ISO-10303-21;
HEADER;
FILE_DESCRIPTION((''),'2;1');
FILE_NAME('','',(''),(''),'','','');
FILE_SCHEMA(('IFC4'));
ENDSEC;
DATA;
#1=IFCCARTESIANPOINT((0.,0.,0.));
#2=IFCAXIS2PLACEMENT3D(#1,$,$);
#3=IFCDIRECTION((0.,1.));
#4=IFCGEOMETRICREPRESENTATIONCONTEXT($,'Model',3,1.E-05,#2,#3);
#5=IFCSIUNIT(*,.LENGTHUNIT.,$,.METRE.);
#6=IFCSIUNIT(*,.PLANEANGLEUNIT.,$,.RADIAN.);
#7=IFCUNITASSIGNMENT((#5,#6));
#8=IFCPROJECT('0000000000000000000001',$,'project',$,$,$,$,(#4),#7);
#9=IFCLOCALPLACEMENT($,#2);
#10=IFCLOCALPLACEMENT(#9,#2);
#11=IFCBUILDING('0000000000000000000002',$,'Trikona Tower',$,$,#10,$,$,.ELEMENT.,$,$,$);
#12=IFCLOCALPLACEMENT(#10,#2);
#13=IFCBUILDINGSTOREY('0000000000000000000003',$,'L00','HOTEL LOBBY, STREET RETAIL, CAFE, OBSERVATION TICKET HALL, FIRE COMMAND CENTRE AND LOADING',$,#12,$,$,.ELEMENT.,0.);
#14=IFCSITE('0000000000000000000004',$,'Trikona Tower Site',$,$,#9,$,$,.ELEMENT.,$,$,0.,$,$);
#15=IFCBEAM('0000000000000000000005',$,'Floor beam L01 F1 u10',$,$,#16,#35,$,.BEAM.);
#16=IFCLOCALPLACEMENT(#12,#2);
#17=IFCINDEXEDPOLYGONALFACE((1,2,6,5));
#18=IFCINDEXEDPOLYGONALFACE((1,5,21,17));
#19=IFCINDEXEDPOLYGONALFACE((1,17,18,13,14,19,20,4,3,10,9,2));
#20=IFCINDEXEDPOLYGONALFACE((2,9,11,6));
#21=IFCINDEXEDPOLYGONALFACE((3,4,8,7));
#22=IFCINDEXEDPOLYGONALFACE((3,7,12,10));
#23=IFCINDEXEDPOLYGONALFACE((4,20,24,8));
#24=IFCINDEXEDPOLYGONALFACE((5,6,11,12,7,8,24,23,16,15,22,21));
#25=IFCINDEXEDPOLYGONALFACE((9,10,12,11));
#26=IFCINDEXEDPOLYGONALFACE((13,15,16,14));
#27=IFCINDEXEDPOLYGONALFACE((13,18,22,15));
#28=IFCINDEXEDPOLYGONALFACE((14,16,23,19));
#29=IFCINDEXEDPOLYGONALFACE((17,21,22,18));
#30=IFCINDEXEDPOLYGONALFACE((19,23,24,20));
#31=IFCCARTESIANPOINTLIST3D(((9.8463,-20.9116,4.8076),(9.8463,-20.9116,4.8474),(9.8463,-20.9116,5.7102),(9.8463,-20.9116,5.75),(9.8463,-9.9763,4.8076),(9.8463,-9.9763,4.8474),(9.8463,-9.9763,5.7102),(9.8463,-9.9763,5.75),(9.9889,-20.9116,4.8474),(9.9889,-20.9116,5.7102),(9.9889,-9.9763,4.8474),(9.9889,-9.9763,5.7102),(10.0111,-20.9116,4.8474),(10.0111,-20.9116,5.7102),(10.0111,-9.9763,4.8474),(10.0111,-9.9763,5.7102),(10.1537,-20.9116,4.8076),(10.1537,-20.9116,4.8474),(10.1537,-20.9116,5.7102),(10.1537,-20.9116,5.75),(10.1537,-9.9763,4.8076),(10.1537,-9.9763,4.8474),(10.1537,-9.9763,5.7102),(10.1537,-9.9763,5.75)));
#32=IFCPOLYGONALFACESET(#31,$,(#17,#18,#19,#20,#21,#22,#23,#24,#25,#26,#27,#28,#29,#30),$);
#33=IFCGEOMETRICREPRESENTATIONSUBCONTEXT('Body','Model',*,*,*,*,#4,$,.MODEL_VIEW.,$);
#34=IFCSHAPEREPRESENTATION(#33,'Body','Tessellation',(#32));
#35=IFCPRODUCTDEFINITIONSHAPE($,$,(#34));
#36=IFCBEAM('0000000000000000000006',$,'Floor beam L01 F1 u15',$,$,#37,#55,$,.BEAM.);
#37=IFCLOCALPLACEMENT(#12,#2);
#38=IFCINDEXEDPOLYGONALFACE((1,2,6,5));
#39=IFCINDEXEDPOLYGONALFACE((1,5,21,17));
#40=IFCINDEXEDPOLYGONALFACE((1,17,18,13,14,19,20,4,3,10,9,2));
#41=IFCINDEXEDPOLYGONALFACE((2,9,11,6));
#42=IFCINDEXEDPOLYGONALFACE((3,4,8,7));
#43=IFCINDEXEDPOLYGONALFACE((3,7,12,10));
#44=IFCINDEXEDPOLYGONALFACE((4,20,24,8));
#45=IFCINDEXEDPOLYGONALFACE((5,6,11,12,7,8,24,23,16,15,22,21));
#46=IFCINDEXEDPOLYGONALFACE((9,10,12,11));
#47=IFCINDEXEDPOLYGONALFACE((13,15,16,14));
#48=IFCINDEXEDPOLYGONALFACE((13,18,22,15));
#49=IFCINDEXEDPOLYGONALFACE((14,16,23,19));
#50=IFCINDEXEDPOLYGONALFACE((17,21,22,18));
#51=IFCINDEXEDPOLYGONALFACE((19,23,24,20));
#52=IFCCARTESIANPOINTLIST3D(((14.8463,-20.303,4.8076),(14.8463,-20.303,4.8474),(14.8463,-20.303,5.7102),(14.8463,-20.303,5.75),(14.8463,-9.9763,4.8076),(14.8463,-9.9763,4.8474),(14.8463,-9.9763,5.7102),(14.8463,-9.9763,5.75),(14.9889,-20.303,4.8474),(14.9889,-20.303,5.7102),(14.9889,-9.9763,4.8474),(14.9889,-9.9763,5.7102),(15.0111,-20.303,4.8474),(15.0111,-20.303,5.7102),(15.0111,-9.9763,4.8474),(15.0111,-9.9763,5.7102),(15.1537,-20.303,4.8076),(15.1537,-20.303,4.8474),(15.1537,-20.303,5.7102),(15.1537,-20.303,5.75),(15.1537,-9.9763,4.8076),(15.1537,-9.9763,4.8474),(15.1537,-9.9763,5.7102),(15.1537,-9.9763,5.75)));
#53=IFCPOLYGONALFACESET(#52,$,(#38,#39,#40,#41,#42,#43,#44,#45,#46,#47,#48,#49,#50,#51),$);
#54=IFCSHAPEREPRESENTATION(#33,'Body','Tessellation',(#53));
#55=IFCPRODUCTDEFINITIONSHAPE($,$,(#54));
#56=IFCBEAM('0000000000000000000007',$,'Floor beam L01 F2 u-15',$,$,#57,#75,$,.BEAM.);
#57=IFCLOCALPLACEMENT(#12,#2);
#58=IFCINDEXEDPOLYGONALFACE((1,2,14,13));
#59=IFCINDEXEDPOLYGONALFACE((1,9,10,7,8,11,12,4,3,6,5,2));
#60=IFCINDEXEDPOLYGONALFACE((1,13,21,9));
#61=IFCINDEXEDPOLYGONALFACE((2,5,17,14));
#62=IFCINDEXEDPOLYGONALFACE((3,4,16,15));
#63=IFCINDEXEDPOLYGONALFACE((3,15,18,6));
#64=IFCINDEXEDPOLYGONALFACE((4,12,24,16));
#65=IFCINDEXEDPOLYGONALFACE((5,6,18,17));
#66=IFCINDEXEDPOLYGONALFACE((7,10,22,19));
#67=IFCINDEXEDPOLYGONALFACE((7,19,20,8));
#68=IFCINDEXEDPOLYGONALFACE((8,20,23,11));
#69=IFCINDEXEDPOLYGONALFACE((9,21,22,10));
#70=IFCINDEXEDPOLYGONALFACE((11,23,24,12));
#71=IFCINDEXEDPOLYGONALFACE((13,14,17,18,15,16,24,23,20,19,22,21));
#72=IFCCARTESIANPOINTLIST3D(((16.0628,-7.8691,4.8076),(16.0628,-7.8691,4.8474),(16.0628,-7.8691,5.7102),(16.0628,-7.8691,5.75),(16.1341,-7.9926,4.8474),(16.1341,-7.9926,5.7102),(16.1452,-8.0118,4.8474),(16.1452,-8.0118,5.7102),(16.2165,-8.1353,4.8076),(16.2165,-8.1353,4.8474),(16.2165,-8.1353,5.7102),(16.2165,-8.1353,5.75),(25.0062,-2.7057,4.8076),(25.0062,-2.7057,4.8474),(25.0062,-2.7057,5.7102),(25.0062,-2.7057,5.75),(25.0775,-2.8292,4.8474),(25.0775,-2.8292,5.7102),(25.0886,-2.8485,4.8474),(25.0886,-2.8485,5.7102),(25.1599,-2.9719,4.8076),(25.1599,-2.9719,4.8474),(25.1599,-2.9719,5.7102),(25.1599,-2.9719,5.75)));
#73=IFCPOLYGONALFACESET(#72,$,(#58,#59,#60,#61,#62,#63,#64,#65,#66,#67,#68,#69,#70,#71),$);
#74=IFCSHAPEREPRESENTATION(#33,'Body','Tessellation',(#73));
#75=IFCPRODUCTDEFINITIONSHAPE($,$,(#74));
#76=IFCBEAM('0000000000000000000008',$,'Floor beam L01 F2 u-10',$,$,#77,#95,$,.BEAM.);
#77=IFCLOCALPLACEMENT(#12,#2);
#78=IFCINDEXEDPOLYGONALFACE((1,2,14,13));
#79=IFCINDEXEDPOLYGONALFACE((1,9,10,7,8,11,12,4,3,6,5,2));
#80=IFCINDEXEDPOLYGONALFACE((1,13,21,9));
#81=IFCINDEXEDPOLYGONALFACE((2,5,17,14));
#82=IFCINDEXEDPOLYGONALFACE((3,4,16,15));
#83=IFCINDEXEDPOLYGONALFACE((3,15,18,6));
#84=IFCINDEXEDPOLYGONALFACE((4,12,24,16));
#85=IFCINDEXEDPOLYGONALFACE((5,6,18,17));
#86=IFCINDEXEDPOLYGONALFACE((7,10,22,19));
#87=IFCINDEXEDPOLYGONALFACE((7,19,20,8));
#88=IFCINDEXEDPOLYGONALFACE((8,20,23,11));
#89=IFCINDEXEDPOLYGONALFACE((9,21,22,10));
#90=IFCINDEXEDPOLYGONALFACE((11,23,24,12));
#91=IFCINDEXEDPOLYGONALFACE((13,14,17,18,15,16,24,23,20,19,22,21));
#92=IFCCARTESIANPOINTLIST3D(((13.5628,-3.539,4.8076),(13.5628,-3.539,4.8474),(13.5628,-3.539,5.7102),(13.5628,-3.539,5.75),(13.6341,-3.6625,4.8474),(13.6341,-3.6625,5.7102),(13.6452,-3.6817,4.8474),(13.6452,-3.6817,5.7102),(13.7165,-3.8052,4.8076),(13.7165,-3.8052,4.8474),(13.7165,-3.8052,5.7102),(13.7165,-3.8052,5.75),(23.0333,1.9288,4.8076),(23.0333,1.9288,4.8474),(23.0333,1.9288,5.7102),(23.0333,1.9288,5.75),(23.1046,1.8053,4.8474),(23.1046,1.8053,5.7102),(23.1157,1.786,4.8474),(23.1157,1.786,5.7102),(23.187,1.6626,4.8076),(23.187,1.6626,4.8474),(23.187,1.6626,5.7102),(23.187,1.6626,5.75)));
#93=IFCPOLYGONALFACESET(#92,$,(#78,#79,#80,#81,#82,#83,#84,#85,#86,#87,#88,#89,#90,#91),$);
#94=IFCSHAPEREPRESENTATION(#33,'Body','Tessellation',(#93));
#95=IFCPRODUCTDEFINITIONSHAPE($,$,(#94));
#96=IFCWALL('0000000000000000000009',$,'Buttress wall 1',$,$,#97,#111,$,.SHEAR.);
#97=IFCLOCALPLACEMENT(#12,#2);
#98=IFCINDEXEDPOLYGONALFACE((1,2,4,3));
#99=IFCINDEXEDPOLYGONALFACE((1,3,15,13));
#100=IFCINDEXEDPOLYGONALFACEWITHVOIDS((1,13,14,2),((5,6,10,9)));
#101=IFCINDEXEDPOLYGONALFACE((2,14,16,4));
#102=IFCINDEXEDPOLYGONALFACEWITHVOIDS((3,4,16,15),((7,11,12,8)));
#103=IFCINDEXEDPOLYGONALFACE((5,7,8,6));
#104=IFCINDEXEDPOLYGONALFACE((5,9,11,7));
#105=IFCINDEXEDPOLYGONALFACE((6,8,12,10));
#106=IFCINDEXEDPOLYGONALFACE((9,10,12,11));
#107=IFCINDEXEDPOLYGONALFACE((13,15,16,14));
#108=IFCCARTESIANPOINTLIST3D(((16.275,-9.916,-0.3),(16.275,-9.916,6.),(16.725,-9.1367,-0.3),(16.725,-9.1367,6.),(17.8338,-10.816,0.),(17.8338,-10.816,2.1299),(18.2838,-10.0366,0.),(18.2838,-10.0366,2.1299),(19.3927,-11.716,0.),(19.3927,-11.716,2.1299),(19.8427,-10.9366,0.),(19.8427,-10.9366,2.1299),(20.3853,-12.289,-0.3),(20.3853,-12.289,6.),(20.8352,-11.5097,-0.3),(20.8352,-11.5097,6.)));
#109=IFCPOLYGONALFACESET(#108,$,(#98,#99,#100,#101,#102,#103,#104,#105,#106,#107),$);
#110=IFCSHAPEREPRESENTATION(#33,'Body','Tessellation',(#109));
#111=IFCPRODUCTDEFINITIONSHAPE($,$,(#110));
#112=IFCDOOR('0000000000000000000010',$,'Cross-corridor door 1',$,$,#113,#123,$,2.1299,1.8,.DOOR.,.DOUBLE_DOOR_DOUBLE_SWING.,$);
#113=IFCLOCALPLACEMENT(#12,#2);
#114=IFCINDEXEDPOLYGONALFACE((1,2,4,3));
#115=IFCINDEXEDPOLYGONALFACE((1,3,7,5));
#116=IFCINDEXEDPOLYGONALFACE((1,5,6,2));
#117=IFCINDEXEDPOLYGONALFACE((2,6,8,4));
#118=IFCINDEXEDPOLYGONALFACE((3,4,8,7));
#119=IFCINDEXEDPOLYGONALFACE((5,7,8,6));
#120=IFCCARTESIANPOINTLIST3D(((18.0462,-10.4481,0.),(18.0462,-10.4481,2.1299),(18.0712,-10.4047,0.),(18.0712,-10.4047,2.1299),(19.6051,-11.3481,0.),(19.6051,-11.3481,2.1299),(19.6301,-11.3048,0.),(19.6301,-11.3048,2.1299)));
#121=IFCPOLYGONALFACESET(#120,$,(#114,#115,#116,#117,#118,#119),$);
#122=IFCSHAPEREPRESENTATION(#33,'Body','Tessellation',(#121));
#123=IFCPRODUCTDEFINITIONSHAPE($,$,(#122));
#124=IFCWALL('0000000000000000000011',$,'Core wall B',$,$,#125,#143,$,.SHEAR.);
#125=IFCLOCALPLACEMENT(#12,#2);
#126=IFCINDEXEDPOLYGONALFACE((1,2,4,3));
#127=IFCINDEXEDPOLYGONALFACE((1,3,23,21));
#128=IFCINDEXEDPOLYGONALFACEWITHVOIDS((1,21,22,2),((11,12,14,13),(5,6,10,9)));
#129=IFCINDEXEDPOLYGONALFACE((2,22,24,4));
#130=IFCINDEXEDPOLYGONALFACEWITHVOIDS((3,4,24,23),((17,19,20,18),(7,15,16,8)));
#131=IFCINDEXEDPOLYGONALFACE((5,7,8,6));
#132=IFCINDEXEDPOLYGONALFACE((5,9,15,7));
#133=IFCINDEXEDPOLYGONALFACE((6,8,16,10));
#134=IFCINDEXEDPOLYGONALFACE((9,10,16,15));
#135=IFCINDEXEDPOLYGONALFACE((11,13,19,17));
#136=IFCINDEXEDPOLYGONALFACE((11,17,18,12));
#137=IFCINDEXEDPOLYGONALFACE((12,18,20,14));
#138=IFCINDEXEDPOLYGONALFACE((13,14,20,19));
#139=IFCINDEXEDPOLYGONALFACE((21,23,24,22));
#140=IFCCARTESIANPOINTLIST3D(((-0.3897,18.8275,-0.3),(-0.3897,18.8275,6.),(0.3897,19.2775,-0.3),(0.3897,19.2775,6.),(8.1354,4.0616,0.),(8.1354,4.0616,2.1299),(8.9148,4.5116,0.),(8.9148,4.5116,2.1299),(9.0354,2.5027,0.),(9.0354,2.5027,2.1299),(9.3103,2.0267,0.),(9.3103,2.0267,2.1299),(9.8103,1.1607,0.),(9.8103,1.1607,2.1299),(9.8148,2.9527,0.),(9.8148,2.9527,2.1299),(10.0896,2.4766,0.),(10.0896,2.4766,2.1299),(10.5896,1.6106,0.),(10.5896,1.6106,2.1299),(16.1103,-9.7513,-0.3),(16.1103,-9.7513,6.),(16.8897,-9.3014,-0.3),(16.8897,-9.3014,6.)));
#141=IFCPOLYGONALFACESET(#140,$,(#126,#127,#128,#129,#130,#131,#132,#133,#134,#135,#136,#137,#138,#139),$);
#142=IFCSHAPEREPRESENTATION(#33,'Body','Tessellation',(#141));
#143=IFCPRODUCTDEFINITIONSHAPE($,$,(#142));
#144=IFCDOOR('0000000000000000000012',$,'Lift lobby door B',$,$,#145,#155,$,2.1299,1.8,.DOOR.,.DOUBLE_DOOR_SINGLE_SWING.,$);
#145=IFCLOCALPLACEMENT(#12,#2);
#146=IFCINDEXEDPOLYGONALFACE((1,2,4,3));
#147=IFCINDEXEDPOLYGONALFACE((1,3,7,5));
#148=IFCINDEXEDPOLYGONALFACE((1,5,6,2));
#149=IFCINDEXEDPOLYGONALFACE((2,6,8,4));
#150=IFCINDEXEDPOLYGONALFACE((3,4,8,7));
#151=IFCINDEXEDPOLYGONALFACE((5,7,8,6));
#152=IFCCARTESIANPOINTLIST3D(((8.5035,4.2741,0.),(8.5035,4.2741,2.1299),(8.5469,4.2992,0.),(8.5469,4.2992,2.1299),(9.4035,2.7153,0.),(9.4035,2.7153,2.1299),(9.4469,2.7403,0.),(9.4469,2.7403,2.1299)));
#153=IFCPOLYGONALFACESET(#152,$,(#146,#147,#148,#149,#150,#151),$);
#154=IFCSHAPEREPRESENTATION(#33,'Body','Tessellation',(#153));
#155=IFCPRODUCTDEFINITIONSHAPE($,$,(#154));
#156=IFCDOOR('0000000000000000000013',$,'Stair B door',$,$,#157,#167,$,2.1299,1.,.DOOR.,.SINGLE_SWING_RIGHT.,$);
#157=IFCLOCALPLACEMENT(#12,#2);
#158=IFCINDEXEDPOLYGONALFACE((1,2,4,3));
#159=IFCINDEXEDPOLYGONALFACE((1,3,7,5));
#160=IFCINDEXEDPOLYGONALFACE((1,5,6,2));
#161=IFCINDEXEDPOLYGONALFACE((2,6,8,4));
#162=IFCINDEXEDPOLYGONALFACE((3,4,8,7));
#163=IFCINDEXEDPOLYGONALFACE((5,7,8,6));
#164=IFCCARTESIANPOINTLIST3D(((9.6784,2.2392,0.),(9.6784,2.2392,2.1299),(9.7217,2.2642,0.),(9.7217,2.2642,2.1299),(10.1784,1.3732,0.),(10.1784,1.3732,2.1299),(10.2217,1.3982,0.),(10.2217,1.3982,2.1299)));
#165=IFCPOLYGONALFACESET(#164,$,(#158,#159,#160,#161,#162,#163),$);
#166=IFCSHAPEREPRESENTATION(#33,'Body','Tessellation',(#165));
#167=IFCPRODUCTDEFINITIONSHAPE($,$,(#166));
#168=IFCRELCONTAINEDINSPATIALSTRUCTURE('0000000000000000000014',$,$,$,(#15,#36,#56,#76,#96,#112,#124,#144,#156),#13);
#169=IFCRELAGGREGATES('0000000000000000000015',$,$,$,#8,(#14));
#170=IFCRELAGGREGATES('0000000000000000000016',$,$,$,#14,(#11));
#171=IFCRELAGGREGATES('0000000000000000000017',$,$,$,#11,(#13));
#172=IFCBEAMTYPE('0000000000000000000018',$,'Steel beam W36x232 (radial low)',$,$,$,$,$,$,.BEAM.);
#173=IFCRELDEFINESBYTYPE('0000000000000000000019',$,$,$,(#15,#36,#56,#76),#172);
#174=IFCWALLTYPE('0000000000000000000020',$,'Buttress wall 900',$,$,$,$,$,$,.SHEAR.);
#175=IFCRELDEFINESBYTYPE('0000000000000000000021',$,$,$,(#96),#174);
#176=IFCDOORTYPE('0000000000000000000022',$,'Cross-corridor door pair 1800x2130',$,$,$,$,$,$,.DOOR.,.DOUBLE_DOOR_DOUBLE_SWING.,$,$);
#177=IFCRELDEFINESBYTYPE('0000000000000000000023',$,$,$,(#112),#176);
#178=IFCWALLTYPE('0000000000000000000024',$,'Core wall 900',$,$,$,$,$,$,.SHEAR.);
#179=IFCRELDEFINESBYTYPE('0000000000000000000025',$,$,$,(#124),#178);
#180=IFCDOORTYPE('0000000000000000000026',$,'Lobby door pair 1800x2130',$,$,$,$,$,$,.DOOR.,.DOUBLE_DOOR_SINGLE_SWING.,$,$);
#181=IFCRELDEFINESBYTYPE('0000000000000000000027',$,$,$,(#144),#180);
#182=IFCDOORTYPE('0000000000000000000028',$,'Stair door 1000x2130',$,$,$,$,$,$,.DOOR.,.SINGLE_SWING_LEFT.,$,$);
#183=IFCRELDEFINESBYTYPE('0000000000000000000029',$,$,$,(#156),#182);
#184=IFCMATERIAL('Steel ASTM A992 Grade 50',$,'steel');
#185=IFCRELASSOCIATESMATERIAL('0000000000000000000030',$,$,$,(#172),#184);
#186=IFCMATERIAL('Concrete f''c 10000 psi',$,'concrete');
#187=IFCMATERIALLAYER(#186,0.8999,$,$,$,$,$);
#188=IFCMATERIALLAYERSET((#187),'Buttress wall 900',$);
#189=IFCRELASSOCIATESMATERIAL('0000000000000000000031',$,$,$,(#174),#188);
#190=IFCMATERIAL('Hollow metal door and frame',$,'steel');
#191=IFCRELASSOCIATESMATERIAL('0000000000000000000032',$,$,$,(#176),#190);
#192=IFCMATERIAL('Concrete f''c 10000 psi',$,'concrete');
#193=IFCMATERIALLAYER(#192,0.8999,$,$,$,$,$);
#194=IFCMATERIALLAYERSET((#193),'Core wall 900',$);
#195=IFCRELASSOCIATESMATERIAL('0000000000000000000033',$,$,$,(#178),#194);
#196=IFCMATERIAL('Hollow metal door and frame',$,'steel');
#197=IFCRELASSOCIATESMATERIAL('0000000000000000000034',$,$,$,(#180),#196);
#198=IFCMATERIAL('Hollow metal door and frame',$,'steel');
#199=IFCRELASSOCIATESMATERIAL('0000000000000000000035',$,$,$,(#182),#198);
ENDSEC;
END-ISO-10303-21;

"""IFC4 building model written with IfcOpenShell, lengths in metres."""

from ifc_helpers import new_model, si_unit, direction, frame, frame_2d, origin, origin_2d, place, context, subcontext, project, spatial, rectangle, i_section, extrude, material, layer, layer_set, material_profile, profile_set, type_object, element, fill, save


model = new_model("IFC4")

# Units and contexts
model_context = context("Model", 3, precision=1e-05, world=origin(), true_north=direction((0.0, 1.0)))
body_context = subcontext(model_context, "Body", "Model", "MODEL_VIEW")
ifc_project = project(units=[si_unit("LENGTHUNIT", "METRE"), si_unit("PLANEANGLEUNIT", "RADIAN")], contexts=[model_context])

# Site, building, storey
site_placement = place(None, origin())
site = spatial("IfcSite", under=ifc_project, at=site_placement, Name="Trikona Tower Site", CompositionType="ELEMENT", RefElevation=0.0)
building_placement = place(site_placement, origin())
building = spatial("IfcBuilding", under=site, at=building_placement, Name="Trikona Tower", CompositionType="ELEMENT")
storey_placement = place(building_placement, origin())
storey = spatial("IfcBuildingStorey", under=building, at=storey_placement, Name="L00", Description="HOTEL LOBBY, STREET RETAIL, CAFE, OBSERVATION TICKET HALL, FIRE COMMAND CENTRE AND LOADING", CompositionType="ELEMENT", Elevation=0.0)

# Beams
ifc_material_1 = material(Name="Steel ASTM A992 Grade 50", Category="steel")
ifc_material_profile = material_profile(ifc_material_1, i_section(OverallWidth=0.3074, OverallDepth=0.9424, WebThickness=0.0222, FlangeThickness=0.0398, at=origin_2d()), Name="W36X232")
ifc_profile_set = profile_set([ifc_material_profile], Name="Steel ASTM A992 Grade 50")
beam_type = type_object("IfcBeamType", Name="Steel beam W36x232 (radial low)", PredefinedType="BEAM", material=ifc_profile_set)
beam_1_placement = place(storey_placement, frame((10.0, -9.9763, 5.2788), z_axis=(0.0, -1.0, 0.0), x_axis=(1.0, 0.0, 0.0)))
element("IfcBeam", 1, at=beam_1_placement, inside=storey, type_object=beam_type, Name="Floor beam L01 F1 u10", PredefinedType="BEAM", context=body_context, shape_type="SweptSolid", body=[
    extrude(i_section(OverallWidth=0.3074, OverallDepth=0.9424, WebThickness=0.0222, FlangeThickness=0.0398, at=origin_2d()), origin(), (0.0, 0.0, 1.0), 10.9353),
])
beam_2_placement = place(storey_placement, frame((15.0, -9.9763, 5.2788), z_axis=(0.0, -1.0, 0.0), x_axis=(1.0, 0.0, 0.0)))
element("IfcBeam", 2, at=beam_2_placement, inside=storey, type_object=beam_type, Name="Floor beam L01 F1 u15", PredefinedType="BEAM", context=body_context, shape_type="SweptSolid", body=[
    extrude(i_section(OverallWidth=0.3074, OverallDepth=0.9424, WebThickness=0.0222, FlangeThickness=0.0398, at=origin_2d()), origin(), (0.0, 0.0, 1.0), 10.3267),
])
beam_3_placement = place(storey_placement, frame((16.1396, -8.0022, 5.2788), z_axis=(0.86603, 0.499991, 0.0), x_axis=(-0.499991, 0.86603, 0.0)))
element("IfcBeam", 3, at=beam_3_placement, inside=storey, type_object=beam_type, Name="Floor beam L01 F2 u-15", PredefinedType="BEAM", context=body_context, shape_type="SweptSolid", body=[
    extrude(i_section(OverallWidth=0.3074, OverallDepth=0.9424, WebThickness=0.0222, FlangeThickness=0.0398, at=origin_2d()), origin(), (0.0, 0.0, 1.0), 10.3269),
])
beam_4_placement = place(storey_placement, frame((13.6396, -3.6721, 5.2788), z_axis=(0.866025, 0.5, 0.0), x_axis=(-0.5, 0.866025, 0.0)))
element("IfcBeam", 4, at=beam_4_placement, inside=storey, type_object=beam_type, Name="Floor beam L01 F2 u-10", PredefinedType="BEAM", context=body_context, shape_type="SweptSolid", body=[
    extrude(i_section(OverallWidth=0.3074, OverallDepth=0.9424, WebThickness=0.0222, FlangeThickness=0.0398, at=origin_2d()), origin(), (0.0, 0.0, 1.0), 10.9355),
])

# Wall, opening, door
ifc_material_2 = material(Name="Concrete f'c 10000 psi", Category="concrete")
ifc_layer_1 = layer(ifc_material_2, 0.8999)
ifc_layer_set_1 = layer_set([ifc_layer_1], Name="Buttress wall 900")
wall_type_1 = type_object("IfcWallType", Name="Buttress wall 900", PredefinedType="SHEAR", material=ifc_layer_set_1)
wall_1_placement = place(storey_placement, frame((16.5, -9.5264, -0.3), z_axis=(0.0, 0.0, 1.0), x_axis=(0.866031, -0.49999, 0.0)))
wall_1 = element("IfcWall", 5, at=wall_1_placement, inside=storey, type_object=wall_type_1, Name="Buttress wall 1", PredefinedType="SHEAR", context=body_context, shape_type="SweptSolid", body=[
    extrude(rectangle(XDim=4.7461, YDim=0.8999, at=frame_2d((2.373, 0.0))), origin(), (0.0, 0.0, 1.0), 6.3),
])
opening_1_placement = place(wall_1_placement, frame((1.8, 0.0, 0.3)))
opening_1 = element("IfcOpeningElement", 6, at=opening_1_placement, cuts=wall_1, PredefinedType="OPENING", context=body_context, shape_type="SweptSolid", body=[
    extrude(rectangle(XDim=1.8, YDim=2.1299, at=frame_2d((0.8999, 1.0649))), frame((0.0, 0.46, 0.0), z_axis=(0.0, -1.0, 0.0), x_axis=(1.0, 0.0, 0.0)), (0.0, 0.0, 1.0), 0.9199),
])
ifc_material_3 = material(Name="Hollow metal door and frame", Category="steel")
door_type_1 = type_object("IfcDoorType", Name="Cross-corridor door pair 1800x2130", OperationType="DOUBLE_DOOR_DOUBLE_SWING", PredefinedType="DOOR", material=ifc_material_3)
door_1_placement = place(opening_1_placement, origin())
door_1 = element("IfcDoor", 7, at=door_1_placement, inside=storey, type_object=door_type_1, Name="Cross-corridor door 1", OperationType="DOUBLE_DOOR_DOUBLE_SWING", OverallHeight=2.1299, OverallWidth=1.8, PredefinedType="DOOR", context=body_context, shape_type="SweptSolid", body=[
    extrude(rectangle(XDim=1.8, YDim=2.1299, at=frame_2d((0.8999, 1.0649))), frame((0.0, 0.0249, 0.0), z_axis=(0.0, -1.0, 0.0), x_axis=(1.0, 0.0, 0.0)), (0.0, 0.0, 1.0), 0.05),
])
fill(opening_1, door_1)

# Wall, openings, doors
ifc_material_4 = material(Name="Concrete f'c 10000 psi", Category="concrete")
ifc_layer_2 = layer(ifc_material_4, 0.8999)
ifc_layer_set_2 = layer_set([ifc_layer_2], Name="Core wall 900")
wall_type_2 = type_object("IfcWallType", Name="Core wall 900", PredefinedType="SHEAR", material=ifc_layer_set_2)
wall_2_placement = place(storey_placement, frame((16.5, -9.5264, -0.3), z_axis=(0.0, 0.0, 1.0), x_axis=(-0.5, 0.866026, 0.0)))
wall_2 = element("IfcWall", 8, at=wall_2_placement, inside=storey, type_object=wall_type_2, Name="Core wall B", PredefinedType="SHEAR", context=body_context, shape_type="SweptSolid", body=[
    extrude(rectangle(XDim=33.0, YDim=0.8999, at=frame_2d((16.5, 0.0))), origin(), (0.0, 0.0, 1.0), 6.3),
])
opening_2_placement = place(wall_2_placement, frame((14.1499, 0.0, 0.3)))
opening_2 = element("IfcOpeningElement", 9, at=opening_2_placement, cuts=wall_2, PredefinedType="OPENING", context=body_context, shape_type="SweptSolid", body=[
    extrude(rectangle(XDim=1.8, YDim=2.1299, at=frame_2d((0.8999, 1.0649))), frame((0.0, 0.46, 0.0), z_axis=(0.0, -1.0, 0.0), x_axis=(1.0, 0.0, 0.0)), (0.0, 0.0, 1.0), 0.9199),
])
opening_3_placement = place(wall_2_placement, frame((12.6001, 0.0, 0.3)))
opening_3 = element("IfcOpeningElement", 10, at=opening_3_placement, cuts=wall_2, PredefinedType="OPENING", context=body_context, shape_type="SweptSolid", body=[
    extrude(rectangle(XDim=1.0, YDim=2.1299, at=frame_2d((0.5, 1.0649))), frame((0.0, 0.46, 0.0), z_axis=(0.0, -1.0, 0.0), x_axis=(1.0, 0.0, 0.0)), (0.0, 0.0, 1.0), 0.9199),
])
ifc_material_5 = material(Name="Hollow metal door and frame", Category="steel")
door_type_2 = type_object("IfcDoorType", Name="Lobby door pair 1800x2130", OperationType="DOUBLE_DOOR_SINGLE_SWING", PredefinedType="DOOR", material=ifc_material_5)
door_2_placement = place(opening_2_placement, origin())
door_2 = element("IfcDoor", 11, at=door_2_placement, inside=storey, type_object=door_type_2, Name="Lift lobby door B", OperationType="DOUBLE_DOOR_SINGLE_SWING", OverallHeight=2.1299, OverallWidth=1.8, PredefinedType="DOOR", context=body_context, shape_type="SweptSolid", body=[
    extrude(rectangle(XDim=1.8, YDim=2.1299, at=frame_2d((0.8999, 1.0649))), frame((0.0, 0.0249, 0.0), z_axis=(0.0, -1.0, 0.0), x_axis=(1.0, 0.0, 0.0)), (0.0, 0.0, 1.0), 0.05),
])
fill(opening_2, door_2)
ifc_material_6 = material(Name="Hollow metal door and frame", Category="steel")
door_type_3 = type_object("IfcDoorType", Name="Stair door 1000x2130", OperationType="SINGLE_SWING_LEFT", PredefinedType="DOOR", material=ifc_material_6)
door_3_placement = place(opening_3_placement, origin())
door_3 = element("IfcDoor", 12, at=door_3_placement, inside=storey, type_object=door_type_3, Name="Stair B door", OperationType="SINGLE_SWING_RIGHT", OverallHeight=2.1299, OverallWidth=1.0, PredefinedType="DOOR", context=body_context, shape_type="SweptSolid", body=[
    extrude(rectangle(XDim=1.0, YDim=2.1299, at=frame_2d((0.5, 1.0649))), frame((0.0, 0.0249, 0.0), z_axis=(0.0, -1.0, 0.0), x_axis=(1.0, 0.0, 0.0)), (0.0, 0.0, 1.0), 0.05),
])
fill(opening_3, door_3)

save(model, "model.ifc")
